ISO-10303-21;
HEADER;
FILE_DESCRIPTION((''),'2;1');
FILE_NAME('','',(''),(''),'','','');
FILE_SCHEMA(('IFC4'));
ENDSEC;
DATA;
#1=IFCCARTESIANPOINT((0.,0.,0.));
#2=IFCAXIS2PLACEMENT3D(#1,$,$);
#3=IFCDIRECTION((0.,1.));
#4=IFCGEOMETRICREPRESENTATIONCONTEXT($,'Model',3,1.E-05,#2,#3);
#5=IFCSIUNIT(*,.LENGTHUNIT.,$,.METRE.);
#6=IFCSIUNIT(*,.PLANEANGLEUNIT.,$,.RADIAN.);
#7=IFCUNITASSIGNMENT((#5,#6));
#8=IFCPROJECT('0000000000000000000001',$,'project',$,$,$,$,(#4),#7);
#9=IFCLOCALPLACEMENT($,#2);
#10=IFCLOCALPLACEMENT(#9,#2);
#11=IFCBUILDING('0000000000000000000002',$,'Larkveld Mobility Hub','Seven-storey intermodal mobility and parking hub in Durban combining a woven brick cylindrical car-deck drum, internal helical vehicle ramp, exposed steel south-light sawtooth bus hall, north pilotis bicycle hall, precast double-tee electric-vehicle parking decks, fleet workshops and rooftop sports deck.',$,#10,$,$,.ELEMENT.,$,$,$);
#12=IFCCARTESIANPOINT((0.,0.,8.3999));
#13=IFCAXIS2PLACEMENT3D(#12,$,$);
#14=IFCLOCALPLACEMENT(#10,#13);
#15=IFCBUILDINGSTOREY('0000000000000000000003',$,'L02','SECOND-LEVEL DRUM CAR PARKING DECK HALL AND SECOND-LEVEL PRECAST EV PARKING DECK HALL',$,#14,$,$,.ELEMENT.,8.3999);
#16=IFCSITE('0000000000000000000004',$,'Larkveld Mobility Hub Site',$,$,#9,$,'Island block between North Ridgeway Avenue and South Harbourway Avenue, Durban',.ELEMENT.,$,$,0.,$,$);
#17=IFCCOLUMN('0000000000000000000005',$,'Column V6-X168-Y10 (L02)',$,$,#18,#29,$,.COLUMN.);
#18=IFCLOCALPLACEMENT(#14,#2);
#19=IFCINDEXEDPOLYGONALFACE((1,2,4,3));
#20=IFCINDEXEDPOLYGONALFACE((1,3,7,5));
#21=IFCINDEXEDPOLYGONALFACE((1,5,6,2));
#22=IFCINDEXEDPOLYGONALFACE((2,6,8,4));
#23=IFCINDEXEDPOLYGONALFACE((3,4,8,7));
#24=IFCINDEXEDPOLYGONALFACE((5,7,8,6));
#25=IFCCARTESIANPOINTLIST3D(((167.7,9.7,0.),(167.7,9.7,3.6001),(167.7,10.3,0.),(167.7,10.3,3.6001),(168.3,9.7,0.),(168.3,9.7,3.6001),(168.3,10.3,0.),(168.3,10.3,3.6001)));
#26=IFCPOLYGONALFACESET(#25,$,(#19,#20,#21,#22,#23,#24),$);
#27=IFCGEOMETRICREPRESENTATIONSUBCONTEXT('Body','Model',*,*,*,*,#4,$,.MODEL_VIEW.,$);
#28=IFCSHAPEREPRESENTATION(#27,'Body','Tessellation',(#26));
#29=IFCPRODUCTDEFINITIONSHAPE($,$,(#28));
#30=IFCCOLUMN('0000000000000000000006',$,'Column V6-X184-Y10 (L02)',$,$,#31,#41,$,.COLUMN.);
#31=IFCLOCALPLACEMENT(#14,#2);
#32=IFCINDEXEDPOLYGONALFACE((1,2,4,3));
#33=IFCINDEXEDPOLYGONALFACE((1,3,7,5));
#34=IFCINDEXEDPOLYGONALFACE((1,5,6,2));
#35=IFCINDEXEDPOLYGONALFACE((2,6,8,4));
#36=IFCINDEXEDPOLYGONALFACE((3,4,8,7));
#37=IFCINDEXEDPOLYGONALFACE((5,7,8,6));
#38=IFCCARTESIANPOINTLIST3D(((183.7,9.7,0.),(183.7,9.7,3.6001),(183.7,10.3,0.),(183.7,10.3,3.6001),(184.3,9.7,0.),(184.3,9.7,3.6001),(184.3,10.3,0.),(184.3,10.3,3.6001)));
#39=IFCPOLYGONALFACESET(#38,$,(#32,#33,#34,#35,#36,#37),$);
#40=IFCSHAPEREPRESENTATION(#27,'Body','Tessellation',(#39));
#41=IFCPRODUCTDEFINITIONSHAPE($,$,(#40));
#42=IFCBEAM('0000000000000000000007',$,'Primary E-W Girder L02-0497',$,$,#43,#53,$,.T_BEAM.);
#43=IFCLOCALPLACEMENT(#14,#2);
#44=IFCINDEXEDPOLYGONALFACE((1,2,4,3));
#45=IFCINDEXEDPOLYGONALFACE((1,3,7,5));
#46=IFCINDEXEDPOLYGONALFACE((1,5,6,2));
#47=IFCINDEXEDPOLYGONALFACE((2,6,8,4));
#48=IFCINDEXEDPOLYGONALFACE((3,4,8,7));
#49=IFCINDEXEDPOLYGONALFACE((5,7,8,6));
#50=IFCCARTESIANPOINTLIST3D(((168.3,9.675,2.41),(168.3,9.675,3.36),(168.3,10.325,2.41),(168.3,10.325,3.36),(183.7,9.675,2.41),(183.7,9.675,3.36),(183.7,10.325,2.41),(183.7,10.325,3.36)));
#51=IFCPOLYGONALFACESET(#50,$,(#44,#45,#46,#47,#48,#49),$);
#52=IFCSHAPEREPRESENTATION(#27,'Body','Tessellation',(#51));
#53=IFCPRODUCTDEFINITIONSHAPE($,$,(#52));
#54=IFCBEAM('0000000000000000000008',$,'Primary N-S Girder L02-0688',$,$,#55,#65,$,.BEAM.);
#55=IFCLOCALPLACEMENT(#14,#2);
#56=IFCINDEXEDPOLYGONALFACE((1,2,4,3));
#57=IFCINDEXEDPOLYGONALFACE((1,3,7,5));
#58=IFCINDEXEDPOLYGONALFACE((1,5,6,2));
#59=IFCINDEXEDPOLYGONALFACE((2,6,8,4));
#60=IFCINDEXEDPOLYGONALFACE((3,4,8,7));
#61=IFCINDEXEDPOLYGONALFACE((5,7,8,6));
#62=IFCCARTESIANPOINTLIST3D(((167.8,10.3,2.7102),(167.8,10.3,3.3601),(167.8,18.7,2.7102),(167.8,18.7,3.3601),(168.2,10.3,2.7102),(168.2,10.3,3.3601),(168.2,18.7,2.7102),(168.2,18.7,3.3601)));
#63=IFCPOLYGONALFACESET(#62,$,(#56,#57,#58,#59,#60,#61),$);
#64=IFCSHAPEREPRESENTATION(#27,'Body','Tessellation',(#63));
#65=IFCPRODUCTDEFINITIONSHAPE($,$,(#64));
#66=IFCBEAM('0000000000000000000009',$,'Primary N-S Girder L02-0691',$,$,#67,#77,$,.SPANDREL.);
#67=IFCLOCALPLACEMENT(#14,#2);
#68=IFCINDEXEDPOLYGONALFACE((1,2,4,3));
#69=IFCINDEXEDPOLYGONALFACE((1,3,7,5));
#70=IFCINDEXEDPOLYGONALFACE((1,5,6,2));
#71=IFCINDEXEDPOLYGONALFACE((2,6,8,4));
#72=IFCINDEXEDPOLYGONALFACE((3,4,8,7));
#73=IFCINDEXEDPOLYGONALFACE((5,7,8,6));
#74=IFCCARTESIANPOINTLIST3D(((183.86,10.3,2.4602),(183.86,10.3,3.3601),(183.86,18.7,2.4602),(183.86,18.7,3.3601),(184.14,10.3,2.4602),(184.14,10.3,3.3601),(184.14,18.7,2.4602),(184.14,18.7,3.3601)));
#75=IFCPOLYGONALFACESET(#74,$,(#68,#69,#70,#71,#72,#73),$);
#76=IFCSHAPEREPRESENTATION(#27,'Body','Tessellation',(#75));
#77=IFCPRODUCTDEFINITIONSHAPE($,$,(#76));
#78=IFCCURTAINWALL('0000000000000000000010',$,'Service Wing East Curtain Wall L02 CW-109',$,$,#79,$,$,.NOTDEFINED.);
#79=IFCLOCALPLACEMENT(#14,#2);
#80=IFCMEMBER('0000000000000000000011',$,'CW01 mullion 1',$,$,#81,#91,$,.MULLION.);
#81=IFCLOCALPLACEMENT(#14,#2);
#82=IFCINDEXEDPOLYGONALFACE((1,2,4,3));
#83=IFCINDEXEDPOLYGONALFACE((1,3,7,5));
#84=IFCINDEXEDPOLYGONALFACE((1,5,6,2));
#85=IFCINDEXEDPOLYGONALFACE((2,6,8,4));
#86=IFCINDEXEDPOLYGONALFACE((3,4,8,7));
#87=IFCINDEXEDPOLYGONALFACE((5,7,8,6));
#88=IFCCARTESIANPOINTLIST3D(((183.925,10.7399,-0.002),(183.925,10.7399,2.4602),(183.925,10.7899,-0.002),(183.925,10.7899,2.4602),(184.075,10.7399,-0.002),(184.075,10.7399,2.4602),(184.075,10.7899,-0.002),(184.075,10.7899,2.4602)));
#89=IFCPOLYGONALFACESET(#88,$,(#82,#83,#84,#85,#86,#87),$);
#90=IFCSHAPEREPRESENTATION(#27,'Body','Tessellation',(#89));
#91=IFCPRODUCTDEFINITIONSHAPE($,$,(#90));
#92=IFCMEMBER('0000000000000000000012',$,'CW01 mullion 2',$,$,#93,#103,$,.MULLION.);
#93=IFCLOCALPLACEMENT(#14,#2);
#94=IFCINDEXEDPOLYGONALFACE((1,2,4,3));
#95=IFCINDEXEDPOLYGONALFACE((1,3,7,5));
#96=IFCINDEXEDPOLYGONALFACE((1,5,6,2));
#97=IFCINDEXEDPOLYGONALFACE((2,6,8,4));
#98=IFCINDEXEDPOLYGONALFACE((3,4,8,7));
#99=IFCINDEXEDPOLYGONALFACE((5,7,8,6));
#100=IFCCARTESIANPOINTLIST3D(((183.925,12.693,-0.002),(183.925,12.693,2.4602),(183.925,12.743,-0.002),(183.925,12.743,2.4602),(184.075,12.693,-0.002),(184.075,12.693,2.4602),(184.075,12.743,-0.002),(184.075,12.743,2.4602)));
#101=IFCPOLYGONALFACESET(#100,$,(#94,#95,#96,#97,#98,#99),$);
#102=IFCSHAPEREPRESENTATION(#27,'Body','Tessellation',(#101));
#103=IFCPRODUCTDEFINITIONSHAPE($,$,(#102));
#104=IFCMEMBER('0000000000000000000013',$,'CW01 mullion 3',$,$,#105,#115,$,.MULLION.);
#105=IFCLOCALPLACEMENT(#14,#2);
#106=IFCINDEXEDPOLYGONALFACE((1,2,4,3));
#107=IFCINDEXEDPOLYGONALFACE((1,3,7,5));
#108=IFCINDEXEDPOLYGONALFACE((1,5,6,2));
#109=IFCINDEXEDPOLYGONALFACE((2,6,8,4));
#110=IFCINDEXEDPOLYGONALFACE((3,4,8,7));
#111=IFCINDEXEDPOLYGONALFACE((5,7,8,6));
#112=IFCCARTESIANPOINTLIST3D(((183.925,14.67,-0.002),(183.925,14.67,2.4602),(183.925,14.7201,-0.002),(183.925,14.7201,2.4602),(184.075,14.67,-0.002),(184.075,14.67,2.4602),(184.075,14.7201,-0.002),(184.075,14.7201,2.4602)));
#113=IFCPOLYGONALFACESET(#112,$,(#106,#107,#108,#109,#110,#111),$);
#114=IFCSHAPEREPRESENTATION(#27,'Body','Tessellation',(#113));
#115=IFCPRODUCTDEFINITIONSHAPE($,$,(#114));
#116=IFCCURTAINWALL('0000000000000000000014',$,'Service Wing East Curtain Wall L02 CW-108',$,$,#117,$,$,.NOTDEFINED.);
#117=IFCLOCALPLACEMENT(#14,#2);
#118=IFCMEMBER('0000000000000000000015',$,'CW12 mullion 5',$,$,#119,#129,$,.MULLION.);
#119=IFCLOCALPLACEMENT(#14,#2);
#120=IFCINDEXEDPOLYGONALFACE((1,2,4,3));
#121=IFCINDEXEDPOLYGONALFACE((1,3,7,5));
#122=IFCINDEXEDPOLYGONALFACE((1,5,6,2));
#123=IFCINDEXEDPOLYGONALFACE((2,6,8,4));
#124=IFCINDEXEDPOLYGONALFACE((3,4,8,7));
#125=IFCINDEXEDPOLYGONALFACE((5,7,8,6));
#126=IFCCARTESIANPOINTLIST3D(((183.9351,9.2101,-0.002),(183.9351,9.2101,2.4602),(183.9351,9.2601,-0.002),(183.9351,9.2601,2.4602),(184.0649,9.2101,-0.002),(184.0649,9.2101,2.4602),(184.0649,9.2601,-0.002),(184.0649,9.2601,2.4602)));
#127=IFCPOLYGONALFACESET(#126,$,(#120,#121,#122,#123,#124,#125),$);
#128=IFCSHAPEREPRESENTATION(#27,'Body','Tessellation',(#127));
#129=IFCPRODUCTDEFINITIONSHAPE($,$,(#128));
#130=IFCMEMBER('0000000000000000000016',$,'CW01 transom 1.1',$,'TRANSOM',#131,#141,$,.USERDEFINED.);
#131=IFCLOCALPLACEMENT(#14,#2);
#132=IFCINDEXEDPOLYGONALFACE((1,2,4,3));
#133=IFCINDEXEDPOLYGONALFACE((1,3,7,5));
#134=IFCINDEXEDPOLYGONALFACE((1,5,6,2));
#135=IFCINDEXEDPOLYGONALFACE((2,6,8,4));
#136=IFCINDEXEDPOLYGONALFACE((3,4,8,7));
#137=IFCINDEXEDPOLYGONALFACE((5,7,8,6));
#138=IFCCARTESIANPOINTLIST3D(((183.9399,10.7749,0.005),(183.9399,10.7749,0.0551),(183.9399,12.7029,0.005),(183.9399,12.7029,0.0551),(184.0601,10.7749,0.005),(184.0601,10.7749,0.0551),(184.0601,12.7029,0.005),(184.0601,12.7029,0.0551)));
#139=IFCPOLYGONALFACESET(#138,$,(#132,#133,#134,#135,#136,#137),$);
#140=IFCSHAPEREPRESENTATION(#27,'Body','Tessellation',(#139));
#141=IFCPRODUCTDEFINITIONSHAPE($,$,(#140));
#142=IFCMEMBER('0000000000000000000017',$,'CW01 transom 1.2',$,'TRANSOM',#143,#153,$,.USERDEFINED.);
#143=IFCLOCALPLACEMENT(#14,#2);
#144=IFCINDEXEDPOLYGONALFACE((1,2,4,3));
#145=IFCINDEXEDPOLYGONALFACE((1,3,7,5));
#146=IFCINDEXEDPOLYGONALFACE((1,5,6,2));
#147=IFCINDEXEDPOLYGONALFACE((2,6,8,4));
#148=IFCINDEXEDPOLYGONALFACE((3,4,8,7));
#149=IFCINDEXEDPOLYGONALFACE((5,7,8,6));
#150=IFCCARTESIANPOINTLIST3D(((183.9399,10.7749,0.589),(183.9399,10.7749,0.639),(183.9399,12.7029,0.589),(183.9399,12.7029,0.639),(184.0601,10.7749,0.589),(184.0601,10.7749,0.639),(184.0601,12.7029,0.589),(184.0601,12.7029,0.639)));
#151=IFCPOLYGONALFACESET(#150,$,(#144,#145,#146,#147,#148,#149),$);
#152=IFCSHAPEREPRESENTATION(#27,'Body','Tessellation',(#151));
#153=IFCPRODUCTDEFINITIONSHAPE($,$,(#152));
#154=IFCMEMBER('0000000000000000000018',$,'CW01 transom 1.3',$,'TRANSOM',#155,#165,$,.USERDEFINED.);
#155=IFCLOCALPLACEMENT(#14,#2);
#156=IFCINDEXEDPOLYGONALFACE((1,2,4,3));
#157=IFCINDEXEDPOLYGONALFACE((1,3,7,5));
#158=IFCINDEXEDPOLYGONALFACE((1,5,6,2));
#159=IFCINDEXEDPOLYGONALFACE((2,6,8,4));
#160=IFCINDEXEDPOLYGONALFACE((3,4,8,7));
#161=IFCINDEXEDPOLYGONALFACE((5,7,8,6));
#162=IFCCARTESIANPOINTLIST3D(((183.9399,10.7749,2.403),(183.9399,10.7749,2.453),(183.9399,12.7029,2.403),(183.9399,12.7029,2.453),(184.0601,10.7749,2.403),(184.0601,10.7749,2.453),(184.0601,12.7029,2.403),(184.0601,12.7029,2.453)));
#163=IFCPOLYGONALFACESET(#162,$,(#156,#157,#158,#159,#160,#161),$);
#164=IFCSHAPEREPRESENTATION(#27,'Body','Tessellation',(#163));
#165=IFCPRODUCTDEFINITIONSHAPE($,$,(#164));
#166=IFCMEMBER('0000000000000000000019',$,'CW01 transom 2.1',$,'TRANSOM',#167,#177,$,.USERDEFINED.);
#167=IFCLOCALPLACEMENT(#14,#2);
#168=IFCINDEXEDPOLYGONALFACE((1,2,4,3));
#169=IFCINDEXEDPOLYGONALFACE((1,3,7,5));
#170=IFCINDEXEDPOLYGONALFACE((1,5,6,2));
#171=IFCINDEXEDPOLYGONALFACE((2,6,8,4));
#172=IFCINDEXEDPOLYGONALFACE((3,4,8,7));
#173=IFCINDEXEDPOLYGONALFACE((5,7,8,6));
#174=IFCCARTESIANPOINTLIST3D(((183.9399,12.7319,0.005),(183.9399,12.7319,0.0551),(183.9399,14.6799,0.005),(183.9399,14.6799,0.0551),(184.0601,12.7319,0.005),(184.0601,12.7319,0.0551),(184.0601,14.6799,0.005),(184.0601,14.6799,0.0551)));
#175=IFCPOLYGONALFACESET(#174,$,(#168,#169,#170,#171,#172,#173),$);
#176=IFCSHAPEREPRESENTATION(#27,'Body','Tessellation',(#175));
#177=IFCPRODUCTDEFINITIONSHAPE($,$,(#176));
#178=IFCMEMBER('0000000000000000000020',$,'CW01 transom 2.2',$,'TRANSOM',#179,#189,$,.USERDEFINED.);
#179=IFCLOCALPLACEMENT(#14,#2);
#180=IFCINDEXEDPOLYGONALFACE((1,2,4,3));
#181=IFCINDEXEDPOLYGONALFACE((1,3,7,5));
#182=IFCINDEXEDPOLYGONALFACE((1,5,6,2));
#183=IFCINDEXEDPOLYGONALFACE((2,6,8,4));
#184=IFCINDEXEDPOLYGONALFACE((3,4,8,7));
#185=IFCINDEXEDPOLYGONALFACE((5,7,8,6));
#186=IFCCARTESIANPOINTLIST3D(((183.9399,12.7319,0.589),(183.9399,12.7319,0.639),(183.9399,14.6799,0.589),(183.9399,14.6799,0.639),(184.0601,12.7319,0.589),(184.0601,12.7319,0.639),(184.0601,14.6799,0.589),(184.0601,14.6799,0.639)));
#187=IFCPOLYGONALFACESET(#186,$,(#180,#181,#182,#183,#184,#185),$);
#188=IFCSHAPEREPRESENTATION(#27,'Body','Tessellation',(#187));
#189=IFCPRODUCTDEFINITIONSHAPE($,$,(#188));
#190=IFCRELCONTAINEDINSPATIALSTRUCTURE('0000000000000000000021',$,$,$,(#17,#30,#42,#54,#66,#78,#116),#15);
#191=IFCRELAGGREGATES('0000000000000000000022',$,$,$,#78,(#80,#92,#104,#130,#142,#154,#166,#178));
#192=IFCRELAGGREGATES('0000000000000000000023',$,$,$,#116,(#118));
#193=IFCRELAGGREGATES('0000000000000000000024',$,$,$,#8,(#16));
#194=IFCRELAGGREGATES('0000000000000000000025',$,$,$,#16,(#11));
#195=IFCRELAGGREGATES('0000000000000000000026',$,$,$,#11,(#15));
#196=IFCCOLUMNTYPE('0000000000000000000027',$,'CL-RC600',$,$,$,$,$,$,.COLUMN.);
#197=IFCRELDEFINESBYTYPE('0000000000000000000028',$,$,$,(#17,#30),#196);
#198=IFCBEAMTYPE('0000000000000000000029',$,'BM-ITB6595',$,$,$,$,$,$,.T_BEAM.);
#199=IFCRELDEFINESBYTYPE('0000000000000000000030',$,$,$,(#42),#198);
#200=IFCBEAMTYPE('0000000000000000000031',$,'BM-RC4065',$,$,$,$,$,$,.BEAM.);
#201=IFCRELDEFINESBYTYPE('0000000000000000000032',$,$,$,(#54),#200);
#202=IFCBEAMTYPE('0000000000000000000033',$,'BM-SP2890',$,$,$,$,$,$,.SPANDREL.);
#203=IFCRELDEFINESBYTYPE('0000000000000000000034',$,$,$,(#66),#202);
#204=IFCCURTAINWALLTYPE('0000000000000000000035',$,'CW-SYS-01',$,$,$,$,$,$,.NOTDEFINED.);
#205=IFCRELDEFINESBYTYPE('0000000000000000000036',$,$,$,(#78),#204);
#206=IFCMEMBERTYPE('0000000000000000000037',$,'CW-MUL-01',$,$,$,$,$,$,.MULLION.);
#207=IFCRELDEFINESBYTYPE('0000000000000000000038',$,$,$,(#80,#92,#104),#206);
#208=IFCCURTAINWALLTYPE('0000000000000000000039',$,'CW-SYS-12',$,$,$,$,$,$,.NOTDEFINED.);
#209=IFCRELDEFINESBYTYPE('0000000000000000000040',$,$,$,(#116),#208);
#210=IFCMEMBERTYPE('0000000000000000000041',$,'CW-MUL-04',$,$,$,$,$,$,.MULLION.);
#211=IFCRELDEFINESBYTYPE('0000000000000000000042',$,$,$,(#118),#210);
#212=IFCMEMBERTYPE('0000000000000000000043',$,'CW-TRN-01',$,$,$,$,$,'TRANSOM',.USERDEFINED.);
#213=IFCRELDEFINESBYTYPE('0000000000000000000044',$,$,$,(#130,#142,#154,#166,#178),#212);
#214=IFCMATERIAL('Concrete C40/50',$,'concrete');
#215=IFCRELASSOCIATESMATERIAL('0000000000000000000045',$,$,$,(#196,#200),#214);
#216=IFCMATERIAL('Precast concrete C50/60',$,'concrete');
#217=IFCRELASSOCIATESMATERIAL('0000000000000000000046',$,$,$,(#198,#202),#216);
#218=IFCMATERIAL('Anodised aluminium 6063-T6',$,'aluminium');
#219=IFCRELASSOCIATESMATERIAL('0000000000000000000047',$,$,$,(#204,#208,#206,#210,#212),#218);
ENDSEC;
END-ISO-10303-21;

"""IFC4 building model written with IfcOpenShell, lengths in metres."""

from ifc_helpers import new_model, si_unit, direction, frame, origin, origin_2d, place, context, subcontext, project, spatial, rectangle, extrude, material, material_profile, profile_set, type_object, element, aggregate, save


model = new_model("IFC4")

# Units and contexts
model_context = context("Model", 3, precision=1e-05, world=origin(), true_north=direction((0.0, 1.0)))
body_context = subcontext(model_context, "Body", "Model", "MODEL_VIEW")
ifc_project = project(units=[si_unit("LENGTHUNIT", "METRE"), si_unit("PLANEANGLEUNIT", "RADIAN")], contexts=[model_context])

# Site, building, storey
site_placement = place(None, origin())
site = spatial("IfcSite", under=ifc_project, at=site_placement, Name="Larkveld Mobility Hub Site", LongName="Island block between North Ridgeway Avenue and South Harbourway Avenue, Durban", CompositionType="ELEMENT", RefElevation=0.0)
building_placement = place(site_placement, origin())
building = spatial("IfcBuilding", under=site, at=building_placement, Name="Larkveld Mobility Hub", Description="Seven-storey intermodal mobility and parking hub in Durban combining a woven brick cylindrical car-deck drum, internal helical vehicle ramp, exposed steel south-light sawtooth bus hall, north pilotis bicycle hall, precast double-tee electric-vehicle parking decks, fleet workshops and rooftop sports deck.", CompositionType="ELEMENT")
storey_placement = place(building_placement, frame((0.0, 0.0, 8.3999)))
storey = spatial("IfcBuildingStorey", under=building, at=storey_placement, Name="L02", Description="SECOND-LEVEL DRUM CAR PARKING DECK HALL AND SECOND-LEVEL PRECAST EV PARKING DECK HALL", CompositionType="ELEMENT", Elevation=8.3999)

# Columns
ifc_material_1 = material(Name="Concrete C40/50", Category="concrete")
ifc_material_profile_1 = material_profile(ifc_material_1, rectangle(XDim=0.6001, YDim=0.6001, at=origin_2d()), Name="RC COL 600x600")
ifc_profile_set_1 = profile_set([ifc_material_profile_1], Name="Concrete C40/50")
column_type = type_object("IfcColumnType", Name="CL-RC600", PredefinedType="COLUMN", material=ifc_profile_set_1)
for number, where, z_axis, x_axis, name in (
    (1, (168.0, 10.0, 0.0), (0.0, 0.0, 1.0), (1.0, 0.0, 0.0), "Column V6-X168-Y10 (L02)"),
    (2, (184.0, 10.0, 0.0), (0.0, 0.0, 1.0), (1.0, 0.0, 0.0), "Column V6-X184-Y10 (L02)"),
):
    element("IfcColumn", number, at=place(storey_placement, frame(where, z_axis=z_axis, x_axis=x_axis)), inside=storey, type_object=column_type, Name=name, PredefinedType="COLUMN", context=body_context, shape_type="SweptSolid", body=[
        extrude(rectangle(XDim=0.6001, YDim=0.6001, at=origin_2d()), origin(), (0.0, 0.0, 1.0), 3.6001),
    ])

# Beams
ifc_material_2 = material(Name="Precast concrete C50/60", Category="concrete")
ifc_material_profile_2 = material_profile(ifc_material_2, rectangle(XDim=0.6499, YDim=0.95, at=origin_2d()), Name="PC ITB 650x950")
ifc_profile_set_2 = profile_set([ifc_material_profile_2], Name="Precast concrete C50/60")
beam_type_1 = type_object("IfcBeamType", Name="BM-ITB6595", PredefinedType="T_BEAM", material=ifc_profile_set_2)
beam_1_placement = place(storey_placement, frame((168.3, 10.0, 2.885), z_axis=(1.0, 0.0, 0.0), x_axis=(0.0, 1.0, 0.0)))
element("IfcBeam", 3, at=beam_1_placement, inside=storey, type_object=beam_type_1, Name="Primary E-W Girder L02-0497", PredefinedType="T_BEAM", context=body_context, shape_type="SweptSolid", body=[
    extrude(rectangle(XDim=0.6499, YDim=0.95, at=origin_2d()), origin(), (0.0, 0.0, 1.0), 15.3999),
])
ifc_material_profile_3 = material_profile(ifc_material_1, rectangle(XDim=0.3999, YDim=0.6499, at=origin_2d()), Name="RC BM 400x650")
ifc_profile_set_3 = profile_set([ifc_material_profile_3], Name="Concrete C40/50")
beam_type_2 = type_object("IfcBeamType", Name="BM-RC4065", PredefinedType="BEAM", material=ifc_profile_set_3)
beam_2_placement = place(storey_placement, frame((168.0, 10.3, 3.0352), z_axis=(0.0, 1.0, 0.0), x_axis=(-1.0, 0.0, 0.0)))
element("IfcBeam", 4, at=beam_2_placement, inside=storey, type_object=beam_type_2, Name="Primary N-S Girder L02-0688", PredefinedType="BEAM", context=body_context, shape_type="SweptSolid", body=[
    extrude(rectangle(XDim=0.3999, YDim=0.6499, at=origin_2d()), origin(), (0.0, 0.0, 1.0), 8.3999),
])
ifc_material_profile_4 = material_profile(ifc_material_2, rectangle(XDim=0.28, YDim=0.8999, at=origin_2d()), Name="PC SP 280x900")
ifc_profile_set_4 = profile_set([ifc_material_profile_4], Name="Precast concrete C50/60")
beam_type_3 = type_object("IfcBeamType", Name="BM-SP2890", PredefinedType="SPANDREL", material=ifc_profile_set_4)
beam_3_placement = place(storey_placement, frame((184.0, 10.3, 2.9102), z_axis=(0.0, 1.0, 0.0), x_axis=(-1.0, 0.0, 0.0)))
element("IfcBeam", 5, at=beam_3_placement, inside=storey, type_object=beam_type_3, Name="Primary N-S Girder L02-0691", PredefinedType="SPANDREL", context=body_context, shape_type="SweptSolid", body=[
    extrude(rectangle(XDim=0.28, YDim=0.8999, at=origin_2d()), origin(), (0.0, 0.0, 1.0), 8.3999),
])

# Curtain wall, members
ifc_material_3 = material(Name="Anodised aluminium 6063-T6", Category="aluminium")
curtain_wall_type_1 = type_object("IfcCurtainWallType", Name="CW-SYS-01", PredefinedType="NOTDEFINED", material=ifc_material_3)
curtain_wall_1_placement = place(storey_placement, origin())
curtain_wall_1 = element("IfcCurtainWall", 6, at=curtain_wall_1_placement, inside=storey, type_object=curtain_wall_type_1, Name="Service Wing East Curtain Wall L02 CW-109", PredefinedType="NOTDEFINED")
ifc_material_profile_5 = material_profile(ifc_material_3, rectangle(XDim=0.05, YDim=0.1499, at=origin_2d()), Name="ALU MULL 50x150")
ifc_profile_set_5 = profile_set([ifc_material_profile_5], Name="Anodised aluminium 6063-T6")
member_type_1 = type_object("IfcMemberType", Name="CW-MUL-01", PredefinedType="MULLION", material=ifc_profile_set_5)
member_1_placement = place(storey_placement, frame((184.0, 10.7649, -0.002), z_axis=(0.0, 0.0, 1.0), x_axis=(0.0, 1.0, 0.0)))
member_1 = element("IfcMember", 7, at=member_1_placement, type_object=member_type_1, Name="CW01 mullion 1", PredefinedType="MULLION", context=body_context, shape_type="SweptSolid", body=[
    extrude(rectangle(XDim=0.05, YDim=0.1499, at=origin_2d()), origin(), (0.0, 0.0, 1.0), 2.4622),
])
member_2_placement = place(storey_placement, frame((184.0, 12.718, -0.002), z_axis=(0.0, 0.0, 1.0), x_axis=(0.0, 1.0, 0.0)))
member_2 = element("IfcMember", 8, at=member_2_placement, type_object=member_type_1, Name="CW01 mullion 2", PredefinedType="MULLION", context=body_context, shape_type="SweptSolid", body=[
    extrude(rectangle(XDim=0.05, YDim=0.1499, at=origin_2d()), origin(), (0.0, 0.0, 1.0), 2.4622),
])
member_3_placement = place(storey_placement, frame((184.0, 14.6951, -0.002), z_axis=(0.0, 0.0, 1.0), x_axis=(0.0, 1.0, 0.0)))
member_3 = element("IfcMember", 9, at=member_3_placement, type_object=member_type_1, Name="CW01 mullion 3", PredefinedType="MULLION", context=body_context, shape_type="SweptSolid", body=[
    extrude(rectangle(XDim=0.05, YDim=0.1499, at=origin_2d()), origin(), (0.0, 0.0, 1.0), 2.4622),
])

# Curtain wall, member
curtain_wall_type_2 = type_object("IfcCurtainWallType", Name="CW-SYS-12", PredefinedType="NOTDEFINED", material=ifc_material_3)
curtain_wall_2_placement = place(storey_placement, origin())
curtain_wall_2 = element("IfcCurtainWall", 10, at=curtain_wall_2_placement, inside=storey, type_object=curtain_wall_type_2, Name="Service Wing East Curtain Wall L02 CW-108", PredefinedType="NOTDEFINED")
ifc_material_profile_6 = material_profile(ifc_material_3, rectangle(XDim=0.05, YDim=0.1299, at=origin_2d()), Name="ALU MULL 50x130")
ifc_profile_set_6 = profile_set([ifc_material_profile_6], Name="Anodised aluminium 6063-T6")
member_type_2 = type_object("IfcMemberType", Name="CW-MUL-04", PredefinedType="MULLION", material=ifc_profile_set_6)
member_4_placement = place(storey_placement, frame((184.0, 9.2351, -0.002), z_axis=(0.0, 0.0, 1.0), x_axis=(0.0, 1.0, 0.0)))
member_4 = element("IfcMember", 11, at=member_4_placement, type_object=member_type_2, Name="CW12 mullion 5", PredefinedType="MULLION", context=body_context, shape_type="SweptSolid", body=[
    extrude(rectangle(XDim=0.05, YDim=0.1299, at=origin_2d()), origin(), (0.0, 0.0, 1.0), 2.4622),
])

# Members
ifc_material_profile_7 = material_profile(ifc_material_3, rectangle(XDim=0.1201, YDim=0.05, at=origin_2d()), Name="ALU TRAN 50x120")
ifc_profile_set_7 = profile_set([ifc_material_profile_7], Name="Anodised aluminium 6063-T6")
member_type_3 = type_object("IfcMemberType", Name="CW-TRN-01", ElementType="TRANSOM", PredefinedType="USERDEFINED", material=ifc_profile_set_7)
member_5_placement = place(storey_placement, frame((184.0, 10.7749, 0.03), z_axis=(0.0, 1.0, 0.0), x_axis=(-1.0, 0.0, 0.0)))
member_5 = element("IfcMember", 12, at=member_5_placement, type_object=member_type_3, Name="CW01 transom 1.1", ObjectType="TRANSOM", PredefinedType="USERDEFINED", context=body_context, shape_type="SweptSolid", body=[
    extrude(rectangle(XDim=0.1201, YDim=0.05, at=origin_2d()), origin(), (0.0, 0.0, 1.0), 1.928),
])
member_6_placement = place(storey_placement, frame((184.0, 10.7749, 0.614), z_axis=(0.0, 1.0, 0.0), x_axis=(-1.0, 0.0, 0.0)))
member_6 = element("IfcMember", 13, at=member_6_placement, type_object=member_type_3, Name="CW01 transom 1.2", ObjectType="TRANSOM", PredefinedType="USERDEFINED", context=body_context, shape_type="SweptSolid", body=[
    extrude(rectangle(XDim=0.1201, YDim=0.05, at=origin_2d()), origin(), (0.0, 0.0, 1.0), 1.928),
])
member_7_placement = place(storey_placement, frame((184.0, 10.7749, 2.428), z_axis=(0.0, 1.0, 0.0), x_axis=(-1.0, 0.0, 0.0)))
member_7 = element("IfcMember", 14, at=member_7_placement, type_object=member_type_3, Name="CW01 transom 1.3", ObjectType="TRANSOM", PredefinedType="USERDEFINED", context=body_context, shape_type="SweptSolid", body=[
    extrude(rectangle(XDim=0.1201, YDim=0.05, at=origin_2d()), origin(), (0.0, 0.0, 1.0), 1.928),
])
member_8_placement = place(storey_placement, frame((184.0, 12.7319, 0.03), z_axis=(0.0, 1.0, 0.0), x_axis=(-1.0, 0.0, 0.0)))
member_8 = element("IfcMember", 15, at=member_8_placement, type_object=member_type_3, Name="CW01 transom 2.1", ObjectType="TRANSOM", PredefinedType="USERDEFINED", context=body_context, shape_type="SweptSolid", body=[
    extrude(rectangle(XDim=0.1201, YDim=0.05, at=origin_2d()), origin(), (0.0, 0.0, 1.0), 1.948),
])
member_9_placement = place(storey_placement, frame((184.0, 12.7319, 0.614), z_axis=(0.0, 1.0, 0.0), x_axis=(-1.0, 0.0, 0.0)))
member_9 = element("IfcMember", 16, at=member_9_placement, type_object=member_type_3, Name="CW01 transom 2.2", ObjectType="TRANSOM", PredefinedType="USERDEFINED", context=body_context, shape_type="SweptSolid", body=[
    extrude(rectangle(XDim=0.1201, YDim=0.05, at=origin_2d()), origin(), (0.0, 0.0, 1.0), 1.948),
])

aggregate(curtain_wall_1, [member_1, member_2, member_3, member_5, member_6, member_7, member_8, member_9])
aggregate(curtain_wall_2, [member_4])

save(model, "model.ifc")
